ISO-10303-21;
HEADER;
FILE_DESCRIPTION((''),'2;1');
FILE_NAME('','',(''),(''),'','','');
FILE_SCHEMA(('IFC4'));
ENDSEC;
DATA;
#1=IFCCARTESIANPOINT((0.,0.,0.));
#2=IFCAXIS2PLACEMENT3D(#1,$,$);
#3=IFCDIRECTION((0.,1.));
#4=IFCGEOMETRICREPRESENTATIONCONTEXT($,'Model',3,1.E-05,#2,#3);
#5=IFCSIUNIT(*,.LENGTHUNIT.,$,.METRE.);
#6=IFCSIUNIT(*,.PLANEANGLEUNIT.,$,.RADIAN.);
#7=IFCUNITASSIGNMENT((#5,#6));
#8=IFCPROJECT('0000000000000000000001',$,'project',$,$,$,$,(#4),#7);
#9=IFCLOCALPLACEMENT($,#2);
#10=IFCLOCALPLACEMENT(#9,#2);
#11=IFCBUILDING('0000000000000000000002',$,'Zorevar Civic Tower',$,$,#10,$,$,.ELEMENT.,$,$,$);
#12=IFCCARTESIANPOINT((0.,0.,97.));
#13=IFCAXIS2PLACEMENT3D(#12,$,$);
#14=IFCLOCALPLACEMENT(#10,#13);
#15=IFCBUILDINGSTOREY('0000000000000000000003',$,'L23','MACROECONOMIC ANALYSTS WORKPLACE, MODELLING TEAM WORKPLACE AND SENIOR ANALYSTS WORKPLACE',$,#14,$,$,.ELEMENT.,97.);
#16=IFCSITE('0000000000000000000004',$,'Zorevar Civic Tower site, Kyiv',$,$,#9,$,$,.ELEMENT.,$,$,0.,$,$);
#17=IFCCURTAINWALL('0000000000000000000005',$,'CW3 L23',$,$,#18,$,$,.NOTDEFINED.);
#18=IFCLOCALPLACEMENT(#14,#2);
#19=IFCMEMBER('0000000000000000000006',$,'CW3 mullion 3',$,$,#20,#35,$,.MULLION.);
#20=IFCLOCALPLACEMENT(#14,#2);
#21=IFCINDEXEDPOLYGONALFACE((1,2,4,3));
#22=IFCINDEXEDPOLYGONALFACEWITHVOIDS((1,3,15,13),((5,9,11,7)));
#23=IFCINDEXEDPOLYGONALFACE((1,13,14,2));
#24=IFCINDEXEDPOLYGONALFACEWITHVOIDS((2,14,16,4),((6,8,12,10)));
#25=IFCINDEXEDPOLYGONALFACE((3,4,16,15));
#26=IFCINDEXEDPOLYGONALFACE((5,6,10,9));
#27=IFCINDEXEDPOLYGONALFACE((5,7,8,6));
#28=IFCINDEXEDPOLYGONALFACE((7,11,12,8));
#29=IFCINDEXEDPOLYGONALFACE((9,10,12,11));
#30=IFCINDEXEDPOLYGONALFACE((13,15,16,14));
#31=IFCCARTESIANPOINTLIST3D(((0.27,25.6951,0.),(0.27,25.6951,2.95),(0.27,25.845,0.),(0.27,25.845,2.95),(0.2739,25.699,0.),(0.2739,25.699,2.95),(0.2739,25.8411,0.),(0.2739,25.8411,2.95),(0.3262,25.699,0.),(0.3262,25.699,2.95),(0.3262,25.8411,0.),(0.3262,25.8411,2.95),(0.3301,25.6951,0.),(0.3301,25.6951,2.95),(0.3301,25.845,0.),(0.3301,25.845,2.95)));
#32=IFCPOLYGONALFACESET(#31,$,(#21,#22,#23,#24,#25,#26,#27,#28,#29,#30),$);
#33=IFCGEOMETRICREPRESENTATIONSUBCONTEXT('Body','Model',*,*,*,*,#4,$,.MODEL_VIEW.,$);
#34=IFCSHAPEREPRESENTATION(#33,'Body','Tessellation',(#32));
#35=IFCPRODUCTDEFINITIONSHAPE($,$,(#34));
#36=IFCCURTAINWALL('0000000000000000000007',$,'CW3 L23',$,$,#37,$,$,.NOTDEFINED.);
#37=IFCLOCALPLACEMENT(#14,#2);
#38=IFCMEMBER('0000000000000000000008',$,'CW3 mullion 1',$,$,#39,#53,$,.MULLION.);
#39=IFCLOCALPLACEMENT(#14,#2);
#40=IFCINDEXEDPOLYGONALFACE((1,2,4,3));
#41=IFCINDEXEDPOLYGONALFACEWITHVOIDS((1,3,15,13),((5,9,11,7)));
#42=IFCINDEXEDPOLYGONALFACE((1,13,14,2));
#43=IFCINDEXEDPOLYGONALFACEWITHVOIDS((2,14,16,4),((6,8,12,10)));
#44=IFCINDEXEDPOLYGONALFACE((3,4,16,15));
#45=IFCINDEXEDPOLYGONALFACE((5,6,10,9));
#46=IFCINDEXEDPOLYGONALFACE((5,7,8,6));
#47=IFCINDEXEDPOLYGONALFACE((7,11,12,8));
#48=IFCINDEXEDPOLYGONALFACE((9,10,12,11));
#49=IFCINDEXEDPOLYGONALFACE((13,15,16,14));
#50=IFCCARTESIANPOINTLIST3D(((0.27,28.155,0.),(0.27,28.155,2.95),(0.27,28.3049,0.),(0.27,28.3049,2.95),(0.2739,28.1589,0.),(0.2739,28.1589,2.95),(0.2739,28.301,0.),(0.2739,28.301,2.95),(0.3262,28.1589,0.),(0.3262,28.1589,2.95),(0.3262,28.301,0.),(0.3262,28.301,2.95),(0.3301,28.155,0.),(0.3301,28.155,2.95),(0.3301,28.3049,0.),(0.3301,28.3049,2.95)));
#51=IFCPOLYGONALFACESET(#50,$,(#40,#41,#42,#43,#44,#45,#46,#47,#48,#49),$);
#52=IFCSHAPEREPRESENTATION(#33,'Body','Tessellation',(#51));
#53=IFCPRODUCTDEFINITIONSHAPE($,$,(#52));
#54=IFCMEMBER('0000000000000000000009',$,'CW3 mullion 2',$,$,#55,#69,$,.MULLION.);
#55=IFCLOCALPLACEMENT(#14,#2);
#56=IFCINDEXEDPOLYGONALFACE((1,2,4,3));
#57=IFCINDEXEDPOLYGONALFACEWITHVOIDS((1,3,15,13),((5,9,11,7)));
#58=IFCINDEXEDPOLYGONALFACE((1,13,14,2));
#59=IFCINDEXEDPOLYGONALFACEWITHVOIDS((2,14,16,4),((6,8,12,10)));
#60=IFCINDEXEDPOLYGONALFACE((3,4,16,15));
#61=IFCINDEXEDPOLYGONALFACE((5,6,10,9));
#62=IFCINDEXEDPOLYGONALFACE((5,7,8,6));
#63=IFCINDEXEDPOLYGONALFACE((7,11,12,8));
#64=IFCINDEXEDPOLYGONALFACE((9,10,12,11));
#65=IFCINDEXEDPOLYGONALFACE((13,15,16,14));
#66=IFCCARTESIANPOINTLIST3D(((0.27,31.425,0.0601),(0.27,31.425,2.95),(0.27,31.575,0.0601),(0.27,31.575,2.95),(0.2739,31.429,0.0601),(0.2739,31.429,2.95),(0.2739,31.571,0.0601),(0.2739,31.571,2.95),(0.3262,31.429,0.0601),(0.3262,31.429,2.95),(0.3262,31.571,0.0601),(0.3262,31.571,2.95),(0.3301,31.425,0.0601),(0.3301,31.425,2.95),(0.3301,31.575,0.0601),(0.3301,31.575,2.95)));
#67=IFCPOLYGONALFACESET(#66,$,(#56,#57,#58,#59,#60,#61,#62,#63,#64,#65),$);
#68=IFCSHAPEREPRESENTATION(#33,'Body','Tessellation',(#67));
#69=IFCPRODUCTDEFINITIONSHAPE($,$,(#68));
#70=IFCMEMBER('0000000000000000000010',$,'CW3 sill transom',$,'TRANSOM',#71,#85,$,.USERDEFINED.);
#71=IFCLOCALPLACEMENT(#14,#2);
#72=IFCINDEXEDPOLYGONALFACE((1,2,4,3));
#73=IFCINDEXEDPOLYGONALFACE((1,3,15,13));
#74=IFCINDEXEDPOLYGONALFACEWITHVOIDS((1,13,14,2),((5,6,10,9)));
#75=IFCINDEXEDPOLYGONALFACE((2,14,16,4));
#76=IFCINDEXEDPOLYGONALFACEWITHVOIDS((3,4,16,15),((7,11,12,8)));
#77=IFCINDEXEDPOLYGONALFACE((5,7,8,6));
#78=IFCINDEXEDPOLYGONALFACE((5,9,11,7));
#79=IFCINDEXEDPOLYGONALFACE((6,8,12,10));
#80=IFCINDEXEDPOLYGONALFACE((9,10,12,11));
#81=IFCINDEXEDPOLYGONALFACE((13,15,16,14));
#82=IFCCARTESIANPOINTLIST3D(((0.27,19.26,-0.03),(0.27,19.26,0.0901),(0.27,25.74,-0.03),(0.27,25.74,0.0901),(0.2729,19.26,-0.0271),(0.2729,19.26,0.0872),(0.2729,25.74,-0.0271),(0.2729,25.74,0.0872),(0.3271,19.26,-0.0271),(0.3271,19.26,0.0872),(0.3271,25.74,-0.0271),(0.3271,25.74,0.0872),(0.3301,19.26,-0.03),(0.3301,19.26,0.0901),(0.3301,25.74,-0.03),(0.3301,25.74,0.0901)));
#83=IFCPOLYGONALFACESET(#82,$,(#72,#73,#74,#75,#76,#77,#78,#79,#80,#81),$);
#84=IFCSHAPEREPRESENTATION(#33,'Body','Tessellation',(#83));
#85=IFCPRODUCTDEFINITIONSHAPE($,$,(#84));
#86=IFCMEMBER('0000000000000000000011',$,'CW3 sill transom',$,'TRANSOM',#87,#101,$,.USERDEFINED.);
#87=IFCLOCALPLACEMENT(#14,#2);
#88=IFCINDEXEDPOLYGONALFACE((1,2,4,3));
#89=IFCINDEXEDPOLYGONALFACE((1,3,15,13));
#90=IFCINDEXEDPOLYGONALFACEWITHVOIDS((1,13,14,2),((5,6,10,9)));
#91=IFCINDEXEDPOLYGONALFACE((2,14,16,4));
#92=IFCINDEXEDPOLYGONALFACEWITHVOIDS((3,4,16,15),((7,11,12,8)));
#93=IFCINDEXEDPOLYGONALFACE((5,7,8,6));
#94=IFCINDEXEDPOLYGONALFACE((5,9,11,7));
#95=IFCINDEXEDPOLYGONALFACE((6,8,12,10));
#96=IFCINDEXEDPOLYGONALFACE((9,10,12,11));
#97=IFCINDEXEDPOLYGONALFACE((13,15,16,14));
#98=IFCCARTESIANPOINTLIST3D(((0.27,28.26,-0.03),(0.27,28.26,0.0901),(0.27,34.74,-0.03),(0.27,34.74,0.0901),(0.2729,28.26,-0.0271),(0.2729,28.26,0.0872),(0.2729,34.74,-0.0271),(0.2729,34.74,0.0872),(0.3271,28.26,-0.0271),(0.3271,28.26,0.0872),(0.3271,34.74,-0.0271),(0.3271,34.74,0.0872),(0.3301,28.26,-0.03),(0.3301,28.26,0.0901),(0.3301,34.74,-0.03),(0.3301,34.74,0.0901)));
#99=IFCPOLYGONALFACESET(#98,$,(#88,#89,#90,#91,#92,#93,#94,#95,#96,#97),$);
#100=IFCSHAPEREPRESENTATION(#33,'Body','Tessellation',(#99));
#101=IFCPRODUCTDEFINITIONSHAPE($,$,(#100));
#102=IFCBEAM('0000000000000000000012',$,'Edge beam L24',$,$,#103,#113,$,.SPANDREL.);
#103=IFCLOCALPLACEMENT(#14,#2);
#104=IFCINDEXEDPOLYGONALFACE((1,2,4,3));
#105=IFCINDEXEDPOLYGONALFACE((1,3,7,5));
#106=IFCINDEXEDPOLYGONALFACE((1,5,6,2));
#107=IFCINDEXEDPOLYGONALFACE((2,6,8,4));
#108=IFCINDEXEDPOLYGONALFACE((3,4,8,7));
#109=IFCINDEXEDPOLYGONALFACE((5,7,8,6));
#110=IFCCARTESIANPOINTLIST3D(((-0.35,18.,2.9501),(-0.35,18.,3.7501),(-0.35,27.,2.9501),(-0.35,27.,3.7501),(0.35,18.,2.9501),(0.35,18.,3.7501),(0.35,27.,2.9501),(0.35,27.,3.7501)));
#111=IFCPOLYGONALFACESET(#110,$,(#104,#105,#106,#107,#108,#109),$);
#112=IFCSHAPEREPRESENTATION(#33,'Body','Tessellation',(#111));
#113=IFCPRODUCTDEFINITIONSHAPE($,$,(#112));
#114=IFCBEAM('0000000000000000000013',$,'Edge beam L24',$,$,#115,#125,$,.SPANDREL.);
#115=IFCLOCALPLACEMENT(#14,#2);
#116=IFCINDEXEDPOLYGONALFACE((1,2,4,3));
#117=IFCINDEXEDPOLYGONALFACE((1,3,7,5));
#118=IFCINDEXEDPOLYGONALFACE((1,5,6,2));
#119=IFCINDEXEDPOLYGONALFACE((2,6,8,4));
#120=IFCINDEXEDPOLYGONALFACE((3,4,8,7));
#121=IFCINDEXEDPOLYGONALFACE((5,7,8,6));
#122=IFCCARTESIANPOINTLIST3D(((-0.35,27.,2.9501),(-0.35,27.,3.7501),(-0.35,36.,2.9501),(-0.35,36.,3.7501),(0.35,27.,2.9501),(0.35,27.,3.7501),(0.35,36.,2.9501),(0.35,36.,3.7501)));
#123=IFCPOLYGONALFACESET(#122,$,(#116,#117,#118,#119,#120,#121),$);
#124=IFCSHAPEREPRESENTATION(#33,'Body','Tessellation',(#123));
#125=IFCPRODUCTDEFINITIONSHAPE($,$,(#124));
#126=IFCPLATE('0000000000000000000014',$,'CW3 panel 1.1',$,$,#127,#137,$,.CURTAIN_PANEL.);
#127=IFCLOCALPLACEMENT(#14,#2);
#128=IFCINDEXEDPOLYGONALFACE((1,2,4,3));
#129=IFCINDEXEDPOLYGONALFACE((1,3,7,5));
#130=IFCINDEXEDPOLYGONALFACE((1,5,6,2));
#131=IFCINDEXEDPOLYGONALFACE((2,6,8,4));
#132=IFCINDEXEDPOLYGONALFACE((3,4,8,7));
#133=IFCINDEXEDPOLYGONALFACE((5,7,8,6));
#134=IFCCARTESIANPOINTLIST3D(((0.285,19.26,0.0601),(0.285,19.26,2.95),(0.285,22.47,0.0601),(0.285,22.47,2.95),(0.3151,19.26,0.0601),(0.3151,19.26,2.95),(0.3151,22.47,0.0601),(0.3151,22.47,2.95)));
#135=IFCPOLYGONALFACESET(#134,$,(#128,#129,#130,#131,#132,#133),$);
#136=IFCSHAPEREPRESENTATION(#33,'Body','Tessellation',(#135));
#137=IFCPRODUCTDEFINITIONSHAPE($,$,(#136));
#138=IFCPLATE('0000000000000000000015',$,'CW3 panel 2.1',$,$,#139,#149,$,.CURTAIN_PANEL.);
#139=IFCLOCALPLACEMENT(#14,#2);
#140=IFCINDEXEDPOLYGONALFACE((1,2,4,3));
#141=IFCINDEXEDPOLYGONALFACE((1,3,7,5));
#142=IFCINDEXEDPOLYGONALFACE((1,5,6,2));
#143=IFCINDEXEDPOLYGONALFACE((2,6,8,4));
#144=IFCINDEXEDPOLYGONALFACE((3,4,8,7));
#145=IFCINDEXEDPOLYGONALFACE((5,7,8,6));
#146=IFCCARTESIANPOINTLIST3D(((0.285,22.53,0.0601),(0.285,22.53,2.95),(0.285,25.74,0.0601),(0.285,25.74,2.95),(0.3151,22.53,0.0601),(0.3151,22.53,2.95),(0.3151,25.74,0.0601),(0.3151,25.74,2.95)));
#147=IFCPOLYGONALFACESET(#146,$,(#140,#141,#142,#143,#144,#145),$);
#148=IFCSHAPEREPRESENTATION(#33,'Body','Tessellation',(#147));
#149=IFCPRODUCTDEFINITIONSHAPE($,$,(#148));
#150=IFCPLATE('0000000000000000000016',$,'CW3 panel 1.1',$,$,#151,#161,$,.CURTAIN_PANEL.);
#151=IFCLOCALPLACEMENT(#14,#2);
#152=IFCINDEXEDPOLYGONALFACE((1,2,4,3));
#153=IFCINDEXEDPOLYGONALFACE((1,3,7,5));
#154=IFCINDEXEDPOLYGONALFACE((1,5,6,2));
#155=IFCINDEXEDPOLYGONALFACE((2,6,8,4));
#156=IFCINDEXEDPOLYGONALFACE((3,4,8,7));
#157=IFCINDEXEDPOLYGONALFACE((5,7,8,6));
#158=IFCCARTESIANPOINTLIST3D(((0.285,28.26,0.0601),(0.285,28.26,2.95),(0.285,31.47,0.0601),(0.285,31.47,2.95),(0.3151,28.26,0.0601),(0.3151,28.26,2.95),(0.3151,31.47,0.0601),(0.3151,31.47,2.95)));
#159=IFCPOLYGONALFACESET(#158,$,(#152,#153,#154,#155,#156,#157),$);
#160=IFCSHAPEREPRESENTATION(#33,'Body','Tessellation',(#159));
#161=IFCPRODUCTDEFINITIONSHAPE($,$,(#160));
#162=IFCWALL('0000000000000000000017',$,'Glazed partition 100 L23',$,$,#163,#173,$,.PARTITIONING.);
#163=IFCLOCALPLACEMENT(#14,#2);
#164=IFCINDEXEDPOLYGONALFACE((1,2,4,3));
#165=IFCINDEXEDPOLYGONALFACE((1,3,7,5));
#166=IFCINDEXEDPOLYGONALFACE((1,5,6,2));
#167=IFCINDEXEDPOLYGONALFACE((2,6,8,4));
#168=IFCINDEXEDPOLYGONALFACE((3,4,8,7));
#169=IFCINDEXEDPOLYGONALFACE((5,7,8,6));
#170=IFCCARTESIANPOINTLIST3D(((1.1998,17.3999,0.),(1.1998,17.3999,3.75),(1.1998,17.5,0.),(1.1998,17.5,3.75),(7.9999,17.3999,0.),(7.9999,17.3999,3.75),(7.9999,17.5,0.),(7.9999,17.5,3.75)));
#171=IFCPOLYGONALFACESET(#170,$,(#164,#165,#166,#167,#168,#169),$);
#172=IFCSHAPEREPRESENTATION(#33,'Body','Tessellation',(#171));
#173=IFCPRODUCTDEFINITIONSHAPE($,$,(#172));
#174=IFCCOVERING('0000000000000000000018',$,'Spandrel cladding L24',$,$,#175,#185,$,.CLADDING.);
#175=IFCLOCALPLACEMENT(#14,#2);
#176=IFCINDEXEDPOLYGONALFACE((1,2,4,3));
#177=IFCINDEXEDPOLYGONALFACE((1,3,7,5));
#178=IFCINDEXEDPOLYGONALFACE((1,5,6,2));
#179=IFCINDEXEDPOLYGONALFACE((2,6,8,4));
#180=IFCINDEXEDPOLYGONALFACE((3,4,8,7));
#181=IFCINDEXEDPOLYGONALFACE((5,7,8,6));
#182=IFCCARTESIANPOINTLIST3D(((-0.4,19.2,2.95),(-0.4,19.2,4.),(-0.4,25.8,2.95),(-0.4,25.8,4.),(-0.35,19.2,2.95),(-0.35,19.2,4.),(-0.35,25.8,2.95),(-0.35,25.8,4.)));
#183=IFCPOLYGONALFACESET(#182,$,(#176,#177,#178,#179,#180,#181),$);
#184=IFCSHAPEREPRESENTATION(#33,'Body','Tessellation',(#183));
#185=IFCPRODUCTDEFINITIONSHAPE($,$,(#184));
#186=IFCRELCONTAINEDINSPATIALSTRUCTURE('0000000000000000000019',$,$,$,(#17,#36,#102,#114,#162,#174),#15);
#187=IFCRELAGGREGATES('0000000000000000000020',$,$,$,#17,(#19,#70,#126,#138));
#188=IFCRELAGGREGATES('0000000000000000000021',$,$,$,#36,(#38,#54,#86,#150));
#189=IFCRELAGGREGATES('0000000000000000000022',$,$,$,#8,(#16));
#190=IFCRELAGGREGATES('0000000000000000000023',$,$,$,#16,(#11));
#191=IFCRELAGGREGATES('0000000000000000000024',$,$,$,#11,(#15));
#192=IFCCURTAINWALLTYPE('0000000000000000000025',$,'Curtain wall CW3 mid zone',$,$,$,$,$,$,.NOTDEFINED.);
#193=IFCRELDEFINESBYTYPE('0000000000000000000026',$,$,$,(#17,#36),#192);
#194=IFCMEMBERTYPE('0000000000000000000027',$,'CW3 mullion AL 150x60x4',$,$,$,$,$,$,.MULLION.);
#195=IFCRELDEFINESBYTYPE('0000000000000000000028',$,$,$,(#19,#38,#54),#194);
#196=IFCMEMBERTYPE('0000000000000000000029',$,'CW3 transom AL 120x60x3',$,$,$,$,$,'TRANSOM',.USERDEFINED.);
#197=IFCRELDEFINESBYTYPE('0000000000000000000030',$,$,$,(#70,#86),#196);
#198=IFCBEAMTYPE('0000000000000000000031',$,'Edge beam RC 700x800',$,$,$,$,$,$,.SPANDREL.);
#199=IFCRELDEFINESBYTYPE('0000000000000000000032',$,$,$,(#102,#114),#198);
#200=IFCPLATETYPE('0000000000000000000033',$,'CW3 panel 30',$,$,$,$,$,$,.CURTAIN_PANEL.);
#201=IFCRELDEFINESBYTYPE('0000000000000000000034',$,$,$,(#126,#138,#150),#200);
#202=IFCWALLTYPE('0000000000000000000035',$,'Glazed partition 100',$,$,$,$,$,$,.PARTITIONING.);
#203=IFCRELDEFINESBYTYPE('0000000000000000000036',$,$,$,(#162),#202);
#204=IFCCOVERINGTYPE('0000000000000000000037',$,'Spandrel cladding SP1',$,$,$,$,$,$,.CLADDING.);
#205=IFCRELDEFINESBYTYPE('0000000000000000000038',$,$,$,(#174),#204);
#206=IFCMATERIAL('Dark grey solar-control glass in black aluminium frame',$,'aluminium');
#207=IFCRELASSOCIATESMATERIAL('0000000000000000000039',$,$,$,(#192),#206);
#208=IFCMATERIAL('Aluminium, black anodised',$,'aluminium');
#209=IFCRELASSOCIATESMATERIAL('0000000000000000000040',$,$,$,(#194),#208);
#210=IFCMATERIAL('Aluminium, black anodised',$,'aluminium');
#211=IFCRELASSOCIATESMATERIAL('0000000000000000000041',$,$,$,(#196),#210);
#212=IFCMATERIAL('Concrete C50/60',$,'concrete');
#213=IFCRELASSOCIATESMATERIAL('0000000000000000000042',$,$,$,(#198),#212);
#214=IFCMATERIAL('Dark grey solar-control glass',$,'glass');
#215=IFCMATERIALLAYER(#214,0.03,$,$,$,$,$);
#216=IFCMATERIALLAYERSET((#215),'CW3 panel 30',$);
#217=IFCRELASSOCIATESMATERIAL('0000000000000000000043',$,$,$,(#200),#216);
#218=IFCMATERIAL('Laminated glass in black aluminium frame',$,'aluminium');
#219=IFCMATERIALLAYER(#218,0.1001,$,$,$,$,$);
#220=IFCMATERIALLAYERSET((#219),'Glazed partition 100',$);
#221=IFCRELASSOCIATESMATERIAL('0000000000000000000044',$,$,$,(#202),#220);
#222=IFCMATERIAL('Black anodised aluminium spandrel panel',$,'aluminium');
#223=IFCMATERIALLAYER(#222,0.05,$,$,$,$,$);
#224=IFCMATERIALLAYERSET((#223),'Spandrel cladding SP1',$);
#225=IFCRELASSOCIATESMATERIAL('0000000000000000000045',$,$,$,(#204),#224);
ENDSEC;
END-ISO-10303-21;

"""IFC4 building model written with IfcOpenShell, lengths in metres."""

from ifc_helpers import new_model, si_unit, direction, frame, frame_2d, origin, origin_2d, place, context, subcontext, project, spatial, rectangle, hollow_rectangle, extrude, material, layer, layer_set, material_profile, profile_set, type_object, element, aggregate, save


model = new_model("IFC4")

# Units and contexts
model_context = context("Model", 3, precision=1e-05, world=origin(), true_north=direction((0.0, 1.0)))
body_context = subcontext(model_context, "Body", "Model", "MODEL_VIEW")
ifc_project = project(units=[si_unit("LENGTHUNIT", "METRE"), si_unit("PLANEANGLEUNIT", "RADIAN")], contexts=[model_context])

# Site, building, storey
site_placement = place(None, origin())
site = spatial("IfcSite", under=ifc_project, at=site_placement, Name="Zorevar Civic Tower site, Kyiv", CompositionType="ELEMENT", RefElevation=0.0)
building_placement = place(site_placement, origin())
building = spatial("IfcBuilding", under=site, at=building_placement, Name="Zorevar Civic Tower", CompositionType="ELEMENT")
storey_placement = place(building_placement, frame((0.0, 0.0, 97.0)))
storey = spatial("IfcBuildingStorey", under=building, at=storey_placement, Name="L23", Description="MACROECONOMIC ANALYSTS WORKPLACE, MODELLING TEAM WORKPLACE AND SENIOR ANALYSTS WORKPLACE", CompositionType="ELEMENT", Elevation=97.0)

# Shared definitions
ifc_material_1 = material(Name="Dark grey solar-control glass in black aluminium frame", Category="aluminium")
curtain_wall_type = type_object("IfcCurtainWallType", Name="Curtain wall CW3 mid zone", PredefinedType="NOTDEFINED", material=ifc_material_1)
ifc_material_2 = material(Name="Aluminium, black anodised", Category="aluminium")
ifc_material_profile_1 = material_profile(ifc_material_2, hollow_rectangle(XDim=0.0601, YDim=0.1499, WallThickness=0.0039, at=origin_2d()), Name="AL 150x60x4")
ifc_profile_set_1 = profile_set([ifc_material_profile_1], Name="Aluminium, black anodised")
member_type_1 = type_object("IfcMemberType", Name="CW3 mullion AL 150x60x4", PredefinedType="MULLION", material=ifc_profile_set_1)

# Curtain walls, members
curtain_wall_1_placement = place(storey_placement, origin())
curtain_wall_1 = element("IfcCurtainWall", 1, at=curtain_wall_1_placement, inside=storey, type_object=curtain_wall_type, Name="CW3 L23", PredefinedType="NOTDEFINED")
member_1_placement = place(storey_placement, frame((0.3, 25.77, 0.0), z_axis=(0.0, 0.0, 1.0), x_axis=(-1.0, 0.0, 0.0)))
member_1 = element("IfcMember", 2, at=member_1_placement, type_object=member_type_1, Name="CW3 mullion 3", PredefinedType="MULLION", context=body_context, shape_type="SweptSolid", body=[
    extrude(hollow_rectangle(XDim=0.0601, YDim=0.1499, WallThickness=0.0039, at=origin_2d()), origin(), (0.0, 0.0, 1.0), 2.95),
])
curtain_wall_2_placement = place(storey_placement, origin())
curtain_wall_2 = element("IfcCurtainWall", 3, at=curtain_wall_2_placement, inside=storey, type_object=curtain_wall_type, Name="CW3 L23", PredefinedType="NOTDEFINED")
member_2_placement = place(storey_placement, frame((0.3, 28.23, 0.0), z_axis=(0.0, 0.0, 1.0), x_axis=(-1.0, 0.0, 0.0)))
member_2 = element("IfcMember", 4, at=member_2_placement, type_object=member_type_1, Name="CW3 mullion 1", PredefinedType="MULLION", context=body_context, shape_type="SweptSolid", body=[
    extrude(hollow_rectangle(XDim=0.0601, YDim=0.1499, WallThickness=0.0039, at=origin_2d()), origin(), (0.0, 0.0, 1.0), 2.95),
])
member_3_placement = place(storey_placement, frame((0.3, 31.5, 0.0601), z_axis=(0.0, 0.0, 1.0), x_axis=(-1.0, 0.0, 0.0)))
member_3 = element("IfcMember", 5, at=member_3_placement, type_object=member_type_1, Name="CW3 mullion 2", PredefinedType="MULLION", context=body_context, shape_type="SweptSolid", body=[
    extrude(hollow_rectangle(XDim=0.0601, YDim=0.1499, WallThickness=0.0039, at=origin_2d()), origin(), (0.0, 0.0, 1.0), 2.8899),
])

# Members
ifc_material_3 = material(Name="Aluminium, black anodised", Category="aluminium")
ifc_material_profile_2 = material_profile(ifc_material_3, hollow_rectangle(XDim=0.0601, YDim=0.1201, WallThickness=0.0029, at=origin_2d()), Name="AL 120x60x3")
ifc_profile_set_2 = profile_set([ifc_material_profile_2], Name="Aluminium, black anodised")
member_type_2 = type_object("IfcMemberType", Name="CW3 transom AL 120x60x3", ElementType="TRANSOM", PredefinedType="USERDEFINED", material=ifc_profile_set_2)
member_4_placement = place(storey_placement, frame((0.3, 19.26, 0.03), z_axis=(0.0, 1.0, 0.0), x_axis=(-1.0, 0.0, 0.0)))
member_4 = element("IfcMember", 6, at=member_4_placement, type_object=member_type_2, Name="CW3 sill transom", ObjectType="TRANSOM", PredefinedType="USERDEFINED", context=body_context, shape_type="SweptSolid", body=[
    extrude(hollow_rectangle(XDim=0.0601, YDim=0.1201, WallThickness=0.0029, at=origin_2d()), origin(), (0.0, 0.0, 1.0), 6.48),
])
member_5_placement = place(storey_placement, frame((0.3, 28.26, 0.03), z_axis=(0.0, 1.0, 0.0), x_axis=(-1.0, 0.0, 0.0)))
member_5 = element("IfcMember", 7, at=member_5_placement, type_object=member_type_2, Name="CW3 sill transom", ObjectType="TRANSOM", PredefinedType="USERDEFINED", context=body_context, shape_type="SweptSolid", body=[
    extrude(hollow_rectangle(XDim=0.0601, YDim=0.1201, WallThickness=0.0029, at=origin_2d()), origin(), (0.0, 0.0, 1.0), 6.48),
])

# Beams
ifc_material_4 = material(Name="Concrete C50/60", Category="concrete")
ifc_material_profile_3 = material_profile(ifc_material_4, rectangle(XDim=0.7, YDim=0.8, at=origin_2d()), Name="RC 700x800")
ifc_profile_set_3 = profile_set([ifc_material_profile_3], Name="Concrete C50/60")
beam_type_1 = type_object("IfcBeamType", Name="Edge beam RC 700x800", PredefinedType="SPANDREL", material=ifc_profile_set_3)
for number, where, z_axis, x_axis, name in (
    (8, (0.0, 18.0, 3.3501), (0.0, 1.0, 0.0), (-1.0, 0.0, 0.0), "Edge beam L24"),
    (9, (0.0, 27.0, 3.3501), (0.0, 1.0, 0.0), (-1.0, 0.0, 0.0), "Edge beam L24"),
):
    element("IfcBeam", number, at=place(storey_placement, frame(where, z_axis=z_axis, x_axis=x_axis)), inside=storey, type_object=beam_type_1, Name=name, PredefinedType="SPANDREL", context=body_context, shape_type="SweptSolid", body=[
        extrude(rectangle(XDim=0.7, YDim=0.8, at=origin_2d()), origin(), (0.0, 0.0, 1.0), 9.0),
    ])

# Plates
ifc_material_5 = material(Name="Dark grey solar-control glass", Category="glass")
ifc_layer_1 = layer(ifc_material_5, 0.03)
ifc_layer_set_1 = layer_set([ifc_layer_1], Name="CW3 panel 30")
plate_type = type_object("IfcPlateType", Name="CW3 panel 30", PredefinedType="CURTAIN_PANEL", material=ifc_layer_set_1)
plate_1_placement = place(storey_placement, frame((0.3, 20.865, 0.0601), z_axis=(0.0, 0.0, 1.0), x_axis=(0.0, 1.0, 0.0)))
plate_1 = element("IfcPlate", 10, at=plate_1_placement, type_object=plate_type, Name="CW3 panel 1.1", PredefinedType="CURTAIN_PANEL", context=body_context, shape_type="SweptSolid", body=[
    extrude(rectangle(XDim=3.21, YDim=0.03, at=origin_2d()), origin(), (0.0, 0.0, 1.0), 2.8899),
])
plate_2_placement = place(storey_placement, frame((0.3, 24.135, 0.0601), z_axis=(0.0, 0.0, 1.0), x_axis=(0.0, 1.0, 0.0)))
plate_2 = element("IfcPlate", 11, at=plate_2_placement, type_object=plate_type, Name="CW3 panel 2.1", PredefinedType="CURTAIN_PANEL", context=body_context, shape_type="SweptSolid", body=[
    extrude(rectangle(XDim=3.21, YDim=0.03, at=origin_2d()), origin(), (0.0, 0.0, 1.0), 2.8899),
])
aggregate(curtain_wall_1, [member_1, member_4, plate_1, plate_2])
plate_3_placement = place(storey_placement, frame((0.3, 29.865, 0.0601), z_axis=(0.0, 0.0, 1.0), x_axis=(0.0, 1.0, 0.0)))
plate_3 = element("IfcPlate", 12, at=plate_3_placement, type_object=plate_type, Name="CW3 panel 1.1", PredefinedType="CURTAIN_PANEL", context=body_context, shape_type="SweptSolid", body=[
    extrude(rectangle(XDim=3.21, YDim=0.03, at=origin_2d()), origin(), (0.0, 0.0, 1.0), 2.8899),
])
aggregate(curtain_wall_2, [member_2, member_3, member_5, plate_3])

# Wall
ifc_material_6 = material(Name="Laminated glass in black aluminium frame", Category="aluminium")
ifc_layer_2 = layer(ifc_material_6, 0.1001)
ifc_layer_set_2 = layer_set([ifc_layer_2], Name="Glazed partition 100")
wall_type = type_object("IfcWallType", Name="Glazed partition 100", PredefinedType="PARTITIONING", material=ifc_layer_set_2)
wall_placement = place(storey_placement, frame((1.2, 17.45, 0.0), z_axis=(0.0, 0.0, 1.0), x_axis=(1.0, 0.0, 0.0)))
element("IfcWall", 13, at=wall_placement, inside=storey, type_object=wall_type, Name="Glazed partition 100 L23", PredefinedType="PARTITIONING", context=body_context, shape_type="SweptSolid", body=[
    extrude(rectangle(XDim=6.8, YDim=0.1001, at=frame_2d((3.3999, 0.0))), origin(), (0.0, 0.0, 1.0), 3.75),
])

# Covering
ifc_material_7 = material(Name="Black anodised aluminium spandrel panel", Category="aluminium")
ifc_layer_3 = layer(ifc_material_7, 0.05)
ifc_layer_set_3 = layer_set([ifc_layer_3], Name="Spandrel cladding SP1")
covering_type = type_object("IfcCoveringType", Name="Spandrel cladding SP1", PredefinedType="CLADDING", material=ifc_layer_set_3)
for number, where, z_axis, x_axis, name in (
    (14, (-0.375, 19.2, 2.95), (0.0, 0.0, 1.0), (0.0, 1.0, 0.0), "Spandrel cladding L24"),
):
    element("IfcCovering", number, at=place(storey_placement, frame(where, z_axis=z_axis, x_axis=x_axis)), inside=storey, type_object=covering_type, Name=name, PredefinedType="CLADDING", context=body_context, shape_type="SweptSolid", body=[
        extrude(rectangle(XDim=6.6001, YDim=0.05, at=frame_2d((3.3, 0.0))), origin(), (0.0, 0.0, 1.0), 1.05),
    ])

save(model, "model.ifc")
